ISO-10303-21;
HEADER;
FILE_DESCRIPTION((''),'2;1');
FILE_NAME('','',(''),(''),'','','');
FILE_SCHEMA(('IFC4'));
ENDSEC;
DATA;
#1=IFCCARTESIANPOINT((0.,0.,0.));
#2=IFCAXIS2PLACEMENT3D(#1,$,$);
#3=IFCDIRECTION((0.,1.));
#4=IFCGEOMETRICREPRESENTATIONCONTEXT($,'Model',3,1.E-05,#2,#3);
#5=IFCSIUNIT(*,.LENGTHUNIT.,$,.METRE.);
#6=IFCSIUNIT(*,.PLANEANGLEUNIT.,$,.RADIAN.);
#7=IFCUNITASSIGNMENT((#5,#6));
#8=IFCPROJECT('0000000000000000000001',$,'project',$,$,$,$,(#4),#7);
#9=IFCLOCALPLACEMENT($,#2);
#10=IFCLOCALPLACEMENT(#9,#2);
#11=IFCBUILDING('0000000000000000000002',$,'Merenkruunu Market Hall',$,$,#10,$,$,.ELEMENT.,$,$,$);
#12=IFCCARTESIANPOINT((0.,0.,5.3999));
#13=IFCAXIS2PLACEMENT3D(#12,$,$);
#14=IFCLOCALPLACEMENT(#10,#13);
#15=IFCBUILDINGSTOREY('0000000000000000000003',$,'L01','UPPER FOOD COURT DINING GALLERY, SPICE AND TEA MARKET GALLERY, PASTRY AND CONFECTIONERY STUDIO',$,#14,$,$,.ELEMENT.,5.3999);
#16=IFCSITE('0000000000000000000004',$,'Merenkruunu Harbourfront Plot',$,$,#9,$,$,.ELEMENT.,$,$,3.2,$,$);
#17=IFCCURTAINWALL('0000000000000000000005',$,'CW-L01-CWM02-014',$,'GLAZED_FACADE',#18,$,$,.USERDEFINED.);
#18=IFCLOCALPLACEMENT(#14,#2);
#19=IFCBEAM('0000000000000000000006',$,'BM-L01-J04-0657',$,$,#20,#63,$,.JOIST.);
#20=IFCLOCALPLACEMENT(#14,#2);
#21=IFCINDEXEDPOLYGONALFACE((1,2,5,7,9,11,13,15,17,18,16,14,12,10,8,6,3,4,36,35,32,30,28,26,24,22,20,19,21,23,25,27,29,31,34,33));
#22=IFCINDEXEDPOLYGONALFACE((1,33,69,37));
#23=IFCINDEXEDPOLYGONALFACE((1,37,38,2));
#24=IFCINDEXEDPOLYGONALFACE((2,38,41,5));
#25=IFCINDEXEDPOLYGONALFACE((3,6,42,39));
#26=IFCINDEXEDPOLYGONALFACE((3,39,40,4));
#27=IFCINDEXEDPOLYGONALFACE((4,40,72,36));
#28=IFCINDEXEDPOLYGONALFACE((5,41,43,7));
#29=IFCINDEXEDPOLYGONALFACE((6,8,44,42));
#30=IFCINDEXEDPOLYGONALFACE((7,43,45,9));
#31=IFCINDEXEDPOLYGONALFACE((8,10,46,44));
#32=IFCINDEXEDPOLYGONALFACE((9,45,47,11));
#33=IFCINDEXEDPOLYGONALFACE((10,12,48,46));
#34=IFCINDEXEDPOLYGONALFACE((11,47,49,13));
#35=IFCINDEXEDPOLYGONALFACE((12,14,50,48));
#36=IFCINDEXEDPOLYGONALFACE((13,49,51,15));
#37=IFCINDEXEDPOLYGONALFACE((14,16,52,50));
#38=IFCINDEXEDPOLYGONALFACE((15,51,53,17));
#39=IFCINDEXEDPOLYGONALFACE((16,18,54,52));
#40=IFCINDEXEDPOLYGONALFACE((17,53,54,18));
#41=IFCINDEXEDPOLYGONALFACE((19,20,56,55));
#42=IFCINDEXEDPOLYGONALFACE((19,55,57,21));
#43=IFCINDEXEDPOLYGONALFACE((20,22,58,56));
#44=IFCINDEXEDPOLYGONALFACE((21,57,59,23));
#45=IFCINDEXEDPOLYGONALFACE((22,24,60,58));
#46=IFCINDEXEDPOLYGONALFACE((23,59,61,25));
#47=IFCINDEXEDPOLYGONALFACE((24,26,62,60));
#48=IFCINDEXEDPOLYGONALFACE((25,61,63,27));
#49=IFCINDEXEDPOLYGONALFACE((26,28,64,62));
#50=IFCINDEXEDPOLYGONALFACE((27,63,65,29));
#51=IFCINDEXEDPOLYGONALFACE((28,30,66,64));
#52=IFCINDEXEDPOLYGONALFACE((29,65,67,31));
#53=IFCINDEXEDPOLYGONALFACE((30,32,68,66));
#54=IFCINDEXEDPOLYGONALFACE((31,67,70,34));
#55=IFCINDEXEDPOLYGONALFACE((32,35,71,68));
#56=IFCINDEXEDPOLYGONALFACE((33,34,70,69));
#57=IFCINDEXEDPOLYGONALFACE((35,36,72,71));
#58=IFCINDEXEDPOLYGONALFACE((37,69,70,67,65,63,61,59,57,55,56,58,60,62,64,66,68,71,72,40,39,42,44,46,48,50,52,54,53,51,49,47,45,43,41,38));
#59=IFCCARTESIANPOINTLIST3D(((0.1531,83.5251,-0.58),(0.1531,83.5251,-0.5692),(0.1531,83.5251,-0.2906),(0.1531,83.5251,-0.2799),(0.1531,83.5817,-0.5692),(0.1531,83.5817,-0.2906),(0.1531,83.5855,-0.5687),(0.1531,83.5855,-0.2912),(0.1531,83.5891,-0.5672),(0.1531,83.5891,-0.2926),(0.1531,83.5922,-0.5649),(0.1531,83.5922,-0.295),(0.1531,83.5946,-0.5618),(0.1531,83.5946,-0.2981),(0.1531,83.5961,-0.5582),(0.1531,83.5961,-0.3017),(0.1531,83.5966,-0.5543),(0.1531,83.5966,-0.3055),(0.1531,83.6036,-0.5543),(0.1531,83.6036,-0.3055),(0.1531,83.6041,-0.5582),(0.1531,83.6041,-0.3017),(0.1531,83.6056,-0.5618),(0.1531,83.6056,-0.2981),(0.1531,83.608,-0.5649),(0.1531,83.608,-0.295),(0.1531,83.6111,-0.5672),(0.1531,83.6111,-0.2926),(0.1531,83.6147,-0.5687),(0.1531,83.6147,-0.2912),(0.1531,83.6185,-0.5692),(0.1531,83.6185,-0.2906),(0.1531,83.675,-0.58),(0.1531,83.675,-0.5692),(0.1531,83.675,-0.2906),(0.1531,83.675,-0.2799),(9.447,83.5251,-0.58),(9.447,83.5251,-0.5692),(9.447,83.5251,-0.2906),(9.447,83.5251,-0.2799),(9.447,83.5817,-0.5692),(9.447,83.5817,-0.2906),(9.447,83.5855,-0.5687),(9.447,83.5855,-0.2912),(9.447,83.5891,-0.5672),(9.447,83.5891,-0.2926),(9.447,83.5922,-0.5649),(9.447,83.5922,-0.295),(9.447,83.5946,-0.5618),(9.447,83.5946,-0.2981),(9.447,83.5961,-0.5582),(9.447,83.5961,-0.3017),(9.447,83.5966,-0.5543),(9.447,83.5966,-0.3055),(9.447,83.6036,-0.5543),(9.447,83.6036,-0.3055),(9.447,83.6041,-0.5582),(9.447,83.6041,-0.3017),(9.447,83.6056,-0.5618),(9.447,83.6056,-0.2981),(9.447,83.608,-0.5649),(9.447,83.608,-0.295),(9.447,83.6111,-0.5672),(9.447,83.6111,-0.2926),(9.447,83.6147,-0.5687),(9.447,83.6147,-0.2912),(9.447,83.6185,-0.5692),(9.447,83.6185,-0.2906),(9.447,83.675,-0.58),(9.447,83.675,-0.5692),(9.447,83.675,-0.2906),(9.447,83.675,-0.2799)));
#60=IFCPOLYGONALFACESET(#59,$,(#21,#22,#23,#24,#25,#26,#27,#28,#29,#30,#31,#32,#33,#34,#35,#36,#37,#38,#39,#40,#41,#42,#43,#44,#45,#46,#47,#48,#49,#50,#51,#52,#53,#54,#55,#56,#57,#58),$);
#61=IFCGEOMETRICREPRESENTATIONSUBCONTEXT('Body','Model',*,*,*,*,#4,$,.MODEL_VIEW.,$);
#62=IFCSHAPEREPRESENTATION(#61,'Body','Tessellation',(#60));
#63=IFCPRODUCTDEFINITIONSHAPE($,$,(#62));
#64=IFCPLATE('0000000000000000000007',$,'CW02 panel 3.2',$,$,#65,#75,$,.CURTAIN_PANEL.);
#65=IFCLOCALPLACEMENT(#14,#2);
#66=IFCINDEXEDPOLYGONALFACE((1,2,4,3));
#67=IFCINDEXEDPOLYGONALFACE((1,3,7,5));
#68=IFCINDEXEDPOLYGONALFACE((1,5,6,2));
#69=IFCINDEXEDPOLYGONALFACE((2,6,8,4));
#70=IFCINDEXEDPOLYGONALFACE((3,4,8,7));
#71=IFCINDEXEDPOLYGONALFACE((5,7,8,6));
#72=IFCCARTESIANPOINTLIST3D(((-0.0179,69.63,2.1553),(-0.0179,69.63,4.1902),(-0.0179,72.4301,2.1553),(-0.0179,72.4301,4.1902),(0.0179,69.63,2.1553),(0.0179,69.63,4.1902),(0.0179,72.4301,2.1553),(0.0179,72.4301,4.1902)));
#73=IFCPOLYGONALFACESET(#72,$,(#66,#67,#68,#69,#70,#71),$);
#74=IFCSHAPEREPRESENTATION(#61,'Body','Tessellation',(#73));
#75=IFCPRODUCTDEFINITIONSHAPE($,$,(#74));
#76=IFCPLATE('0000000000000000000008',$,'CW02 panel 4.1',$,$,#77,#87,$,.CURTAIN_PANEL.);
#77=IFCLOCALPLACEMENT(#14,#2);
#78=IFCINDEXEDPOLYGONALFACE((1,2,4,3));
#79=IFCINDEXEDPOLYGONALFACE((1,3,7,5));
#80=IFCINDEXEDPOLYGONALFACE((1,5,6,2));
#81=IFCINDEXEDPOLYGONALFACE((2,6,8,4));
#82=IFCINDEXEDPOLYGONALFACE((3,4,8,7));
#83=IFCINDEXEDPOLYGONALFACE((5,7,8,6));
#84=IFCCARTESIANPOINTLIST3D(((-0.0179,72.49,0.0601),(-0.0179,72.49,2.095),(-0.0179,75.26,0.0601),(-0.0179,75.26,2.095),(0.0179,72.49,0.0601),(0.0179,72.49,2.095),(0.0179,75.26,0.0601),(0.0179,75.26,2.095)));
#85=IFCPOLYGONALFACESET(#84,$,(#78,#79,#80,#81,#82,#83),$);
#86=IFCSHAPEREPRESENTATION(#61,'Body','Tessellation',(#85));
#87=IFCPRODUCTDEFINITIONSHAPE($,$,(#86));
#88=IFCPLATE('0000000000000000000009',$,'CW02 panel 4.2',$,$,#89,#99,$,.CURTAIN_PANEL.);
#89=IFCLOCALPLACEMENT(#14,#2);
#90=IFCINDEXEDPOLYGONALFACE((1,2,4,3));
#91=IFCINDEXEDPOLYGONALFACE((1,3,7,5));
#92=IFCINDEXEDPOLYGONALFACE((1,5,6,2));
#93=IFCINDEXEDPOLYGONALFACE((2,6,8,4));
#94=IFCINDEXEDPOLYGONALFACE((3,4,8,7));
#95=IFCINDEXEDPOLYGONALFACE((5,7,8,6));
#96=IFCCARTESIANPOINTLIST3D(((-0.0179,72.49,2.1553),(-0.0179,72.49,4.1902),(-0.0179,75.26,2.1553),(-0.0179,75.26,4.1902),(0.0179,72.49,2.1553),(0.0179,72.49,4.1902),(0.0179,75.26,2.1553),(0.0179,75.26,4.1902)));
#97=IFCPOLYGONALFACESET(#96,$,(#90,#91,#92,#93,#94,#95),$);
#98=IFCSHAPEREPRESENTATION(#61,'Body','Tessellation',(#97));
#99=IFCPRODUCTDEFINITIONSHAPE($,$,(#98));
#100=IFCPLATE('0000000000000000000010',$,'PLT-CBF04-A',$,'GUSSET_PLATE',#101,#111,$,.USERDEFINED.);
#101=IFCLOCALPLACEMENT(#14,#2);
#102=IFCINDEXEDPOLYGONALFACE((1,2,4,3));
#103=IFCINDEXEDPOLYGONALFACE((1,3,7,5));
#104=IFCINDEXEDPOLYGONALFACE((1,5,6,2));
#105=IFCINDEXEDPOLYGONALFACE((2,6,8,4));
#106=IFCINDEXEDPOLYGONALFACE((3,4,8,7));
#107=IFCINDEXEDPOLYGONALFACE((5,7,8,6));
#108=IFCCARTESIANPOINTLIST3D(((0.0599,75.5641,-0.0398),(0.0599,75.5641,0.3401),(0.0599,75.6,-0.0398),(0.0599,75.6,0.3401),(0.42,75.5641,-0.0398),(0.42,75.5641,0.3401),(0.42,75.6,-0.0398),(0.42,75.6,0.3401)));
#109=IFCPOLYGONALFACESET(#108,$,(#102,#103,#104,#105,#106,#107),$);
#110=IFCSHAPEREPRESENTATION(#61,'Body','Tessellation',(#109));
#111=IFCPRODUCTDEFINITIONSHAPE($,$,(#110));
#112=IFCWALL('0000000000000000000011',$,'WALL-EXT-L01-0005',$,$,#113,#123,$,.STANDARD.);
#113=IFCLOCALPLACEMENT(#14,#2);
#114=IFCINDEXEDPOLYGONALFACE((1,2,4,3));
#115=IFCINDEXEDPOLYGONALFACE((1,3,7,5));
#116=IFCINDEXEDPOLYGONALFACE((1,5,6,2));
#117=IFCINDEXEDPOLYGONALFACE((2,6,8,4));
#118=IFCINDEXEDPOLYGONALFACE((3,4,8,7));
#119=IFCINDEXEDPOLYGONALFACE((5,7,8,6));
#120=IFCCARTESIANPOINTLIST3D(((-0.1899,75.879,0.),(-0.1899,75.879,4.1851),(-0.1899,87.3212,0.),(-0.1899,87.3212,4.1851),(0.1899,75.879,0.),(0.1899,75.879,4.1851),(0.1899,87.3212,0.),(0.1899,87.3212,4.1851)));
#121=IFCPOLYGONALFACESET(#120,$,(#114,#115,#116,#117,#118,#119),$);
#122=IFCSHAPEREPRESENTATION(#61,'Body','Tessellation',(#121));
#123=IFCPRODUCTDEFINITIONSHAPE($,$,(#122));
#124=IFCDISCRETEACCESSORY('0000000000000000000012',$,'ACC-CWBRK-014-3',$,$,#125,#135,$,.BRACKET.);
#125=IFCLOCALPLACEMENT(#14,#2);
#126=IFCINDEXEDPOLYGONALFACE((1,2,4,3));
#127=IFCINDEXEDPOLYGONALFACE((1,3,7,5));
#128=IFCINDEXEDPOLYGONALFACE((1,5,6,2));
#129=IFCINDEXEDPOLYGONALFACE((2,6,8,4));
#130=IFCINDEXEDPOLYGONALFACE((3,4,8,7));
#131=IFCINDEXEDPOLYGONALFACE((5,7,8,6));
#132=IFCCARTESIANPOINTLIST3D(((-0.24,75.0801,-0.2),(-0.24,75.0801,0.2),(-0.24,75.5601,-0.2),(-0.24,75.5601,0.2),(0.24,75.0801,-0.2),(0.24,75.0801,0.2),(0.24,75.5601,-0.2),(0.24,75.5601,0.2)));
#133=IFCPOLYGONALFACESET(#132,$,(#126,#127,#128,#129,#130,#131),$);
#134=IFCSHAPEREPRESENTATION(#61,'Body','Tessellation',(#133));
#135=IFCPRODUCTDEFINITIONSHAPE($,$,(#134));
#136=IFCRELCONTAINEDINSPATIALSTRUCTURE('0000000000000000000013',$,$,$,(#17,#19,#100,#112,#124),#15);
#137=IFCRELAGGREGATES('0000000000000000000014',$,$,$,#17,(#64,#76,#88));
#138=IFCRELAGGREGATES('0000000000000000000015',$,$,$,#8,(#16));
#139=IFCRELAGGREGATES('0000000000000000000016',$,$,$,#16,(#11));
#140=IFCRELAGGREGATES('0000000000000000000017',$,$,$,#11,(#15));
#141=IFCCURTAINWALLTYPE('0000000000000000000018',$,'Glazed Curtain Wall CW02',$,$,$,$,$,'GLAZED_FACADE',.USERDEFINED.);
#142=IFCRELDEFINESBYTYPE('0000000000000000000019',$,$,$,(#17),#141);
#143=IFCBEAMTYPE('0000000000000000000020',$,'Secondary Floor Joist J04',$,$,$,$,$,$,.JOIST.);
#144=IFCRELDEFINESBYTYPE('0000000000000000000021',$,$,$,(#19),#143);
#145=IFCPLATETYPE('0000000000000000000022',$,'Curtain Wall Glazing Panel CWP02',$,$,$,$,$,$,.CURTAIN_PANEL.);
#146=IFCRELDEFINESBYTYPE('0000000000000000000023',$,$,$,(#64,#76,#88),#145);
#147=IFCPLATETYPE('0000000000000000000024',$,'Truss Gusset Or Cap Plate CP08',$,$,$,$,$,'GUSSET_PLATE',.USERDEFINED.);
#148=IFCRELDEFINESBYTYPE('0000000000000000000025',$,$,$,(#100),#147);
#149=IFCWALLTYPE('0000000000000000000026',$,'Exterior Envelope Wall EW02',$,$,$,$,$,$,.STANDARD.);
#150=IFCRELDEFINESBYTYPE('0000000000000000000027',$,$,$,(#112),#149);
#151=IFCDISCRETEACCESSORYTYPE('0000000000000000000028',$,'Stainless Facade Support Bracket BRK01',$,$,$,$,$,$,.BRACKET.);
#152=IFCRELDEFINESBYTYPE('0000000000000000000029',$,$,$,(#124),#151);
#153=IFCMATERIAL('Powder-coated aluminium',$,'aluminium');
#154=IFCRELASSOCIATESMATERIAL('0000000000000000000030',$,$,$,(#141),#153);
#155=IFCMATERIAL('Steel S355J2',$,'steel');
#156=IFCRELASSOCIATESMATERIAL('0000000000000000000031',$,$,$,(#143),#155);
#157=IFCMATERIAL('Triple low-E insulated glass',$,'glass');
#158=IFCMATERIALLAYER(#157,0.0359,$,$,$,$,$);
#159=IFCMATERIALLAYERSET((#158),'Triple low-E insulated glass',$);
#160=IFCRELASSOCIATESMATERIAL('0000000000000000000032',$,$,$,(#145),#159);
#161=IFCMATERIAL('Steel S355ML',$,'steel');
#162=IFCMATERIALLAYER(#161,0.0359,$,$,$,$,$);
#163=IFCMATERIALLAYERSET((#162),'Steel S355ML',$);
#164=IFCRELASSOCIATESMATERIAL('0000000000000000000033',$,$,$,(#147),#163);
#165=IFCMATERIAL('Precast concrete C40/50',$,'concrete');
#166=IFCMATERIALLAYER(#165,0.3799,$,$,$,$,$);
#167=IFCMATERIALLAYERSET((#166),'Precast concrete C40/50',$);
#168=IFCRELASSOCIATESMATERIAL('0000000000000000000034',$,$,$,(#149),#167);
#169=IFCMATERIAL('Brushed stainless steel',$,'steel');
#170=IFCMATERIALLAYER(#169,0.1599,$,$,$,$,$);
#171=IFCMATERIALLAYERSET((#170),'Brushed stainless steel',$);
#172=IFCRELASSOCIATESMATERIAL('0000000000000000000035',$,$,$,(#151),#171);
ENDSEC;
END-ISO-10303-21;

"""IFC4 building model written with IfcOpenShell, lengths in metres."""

from ifc_helpers import new_model, si_unit, direction, frame, frame_2d, origin, origin_2d, place, context, subcontext, project, spatial, rectangle, i_section, extrude, material, layer, layer_set, material_profile, profile_set, type_object, element, aggregate, save


model = new_model("IFC4")

# Units and contexts
model_context = context("Model", 3, precision=1e-05, world=origin(), true_north=direction((0.0, 1.0)))
body_context = subcontext(model_context, "Body", "Model", "MODEL_VIEW")
ifc_project = project(units=[si_unit("LENGTHUNIT", "METRE"), si_unit("PLANEANGLEUNIT", "RADIAN")], contexts=[model_context])

# Site, building, storey
site_placement = place(None, origin())
site = spatial("IfcSite", under=ifc_project, at=site_placement, Name="Merenkruunu Harbourfront Plot", CompositionType="ELEMENT", RefElevation=3.2)
building_placement = place(site_placement, origin())
building = spatial("IfcBuilding", under=site, at=building_placement, Name="Merenkruunu Market Hall", CompositionType="ELEMENT")
storey_placement = place(building_placement, frame((0.0, 0.0, 5.3999)))
storey = spatial("IfcBuildingStorey", under=building, at=storey_placement, Name="L01", Description="UPPER FOOD COURT DINING GALLERY, SPICE AND TEA MARKET GALLERY, PASTRY AND CONFECTIONERY STUDIO", CompositionType="ELEMENT", Elevation=5.3999)

# Shared definitions
ifc_material_1 = material(Name="Steel S355ML", Category="steel")

# Curtain wall
ifc_material_2 = material(Name="Powder-coated aluminium", Category="aluminium")
curtain_wall_type = type_object("IfcCurtainWallType", Name="Glazed Curtain Wall CW02", ElementType="GLAZED_FACADE", PredefinedType="USERDEFINED", material=ifc_material_2)
curtain_wall_placement = place(storey_placement, origin())
curtain_wall = element("IfcCurtainWall", 1, at=curtain_wall_placement, inside=storey, type_object=curtain_wall_type, Name="CW-L01-CWM02-014", ObjectType="GLAZED_FACADE", PredefinedType="USERDEFINED")

# Beam
ifc_material_3 = material(Name="Steel S355J2", Category="steel")
ifc_material_profile_1 = material_profile(ifc_material_3, i_section(OverallWidth=0.1499, OverallDepth=0.3, WebThickness=0.0071, FlangeThickness=0.0107, FilletRadius=0.0149, at=origin_2d()), Name="IPE 300")
ifc_profile_set_1 = profile_set([ifc_material_profile_1], Name="Steel S355J2")
beam_type_1 = type_object("IfcBeamType", Name="Secondary Floor Joist J04", PredefinedType="JOIST", material=ifc_profile_set_1)
for number, where, z_axis, x_axis, name in (
    (2, (0.1531, 83.6001, -0.4299), (1.0, 0.0, 0.0), (0.0, 1.0, 0.0), "BM-L01-J04-0657"),
):
    element("IfcBeam", number, at=place(storey_placement, frame(where, z_axis=z_axis, x_axis=x_axis)), inside=storey, type_object=beam_type_1, Name=name, PredefinedType="JOIST", context=body_context, shape_type="SweptSolid", body=[
        extrude(i_section(OverallWidth=0.1499, OverallDepth=0.3, WebThickness=0.0071, FlangeThickness=0.0107, FilletRadius=0.0149, at=origin_2d()), origin(), (0.0, 0.0, 1.0), 9.2939),
    ])

# Plates
ifc_material_4 = material(Name="Triple low-E insulated glass", Category="glass")
ifc_layer_1 = layer(ifc_material_4, 0.0359)
ifc_layer_set_1 = layer_set([ifc_layer_1], Name="Triple low-E insulated glass")
plate_type_1 = type_object("IfcPlateType", Name="Curtain Wall Glazing Panel CWP02", PredefinedType="CURTAIN_PANEL", material=ifc_layer_set_1)
plate_1_placement = place(storey_placement, frame((0.0, 71.03, 2.1553), z_axis=(0.0, 0.0, 1.0), x_axis=(0.0, 1.0, 0.0)))
plate_1 = element("IfcPlate", 3, at=plate_1_placement, type_object=plate_type_1, Name="CW02 panel 3.2", PredefinedType="CURTAIN_PANEL", context=body_context, shape_type="SweptSolid", body=[
    extrude(rectangle(XDim=2.8, YDim=0.0359, at=origin_2d()), origin(), (0.0, 0.0, 1.0), 2.0349),
])
plate_2_placement = place(storey_placement, frame((0.0, 73.875, 0.0601), z_axis=(0.0, 0.0, 1.0), x_axis=(0.0, 1.0, 0.0)))
plate_2 = element("IfcPlate", 4, at=plate_2_placement, type_object=plate_type_1, Name="CW02 panel 4.1", PredefinedType="CURTAIN_PANEL", context=body_context, shape_type="SweptSolid", body=[
    extrude(rectangle(XDim=2.77, YDim=0.0359, at=origin_2d()), origin(), (0.0, 0.0, 1.0), 2.0349),
])
plate_3_placement = place(storey_placement, frame((0.0, 73.875, 2.1553), z_axis=(0.0, 0.0, 1.0), x_axis=(0.0, 1.0, 0.0)))
plate_3 = element("IfcPlate", 5, at=plate_3_placement, type_object=plate_type_1, Name="CW02 panel 4.2", PredefinedType="CURTAIN_PANEL", context=body_context, shape_type="SweptSolid", body=[
    extrude(rectangle(XDim=2.77, YDim=0.0359, at=origin_2d()), origin(), (0.0, 0.0, 1.0), 2.0349),
])
aggregate(curtain_wall, [plate_1, plate_2, plate_3])
ifc_layer_2 = layer(ifc_material_1, 0.0359)
ifc_layer_set_2 = layer_set([ifc_layer_2], Name="Steel S355ML")
plate_type_2 = type_object("IfcPlateType", Name="Truss Gusset Or Cap Plate CP08", ElementType="GUSSET_PLATE", PredefinedType="USERDEFINED", material=ifc_layer_set_2)
plate_4_placement = place(storey_placement, frame((0.24, 75.582, -0.0398), z_axis=(0.0, 0.0, 1.0), x_axis=(1.0, 0.0, 0.0)))
element("IfcPlate", 6, at=plate_4_placement, inside=storey, type_object=plate_type_2, Name="PLT-CBF04-A", ObjectType="GUSSET_PLATE", PredefinedType="USERDEFINED", context=body_context, shape_type="SweptSolid", body=[
    extrude(rectangle(XDim=0.3601, YDim=0.0359, at=origin_2d()), origin(), (0.0, 0.0, 1.0), 0.3799),
])

# Wall
ifc_material_5 = material(Name="Precast concrete C40/50", Category="concrete")
ifc_layer_3 = layer(ifc_material_5, 0.3799)
ifc_layer_set_3 = layer_set([ifc_layer_3], Name="Precast concrete C40/50")
wall_type = type_object("IfcWallType", Name="Exterior Envelope Wall EW02", PredefinedType="STANDARD", material=ifc_layer_set_3)
wall_placement = place(storey_placement, frame((0.0, 75.8789, 0.0), z_axis=(0.0, 0.0, 1.0), x_axis=(0.0, 1.0, 0.0)))
element("IfcWall", 7, at=wall_placement, inside=storey, type_object=wall_type, Name="WALL-EXT-L01-0005", PredefinedType="STANDARD", context=body_context, shape_type="SweptSolid", body=[
    extrude(rectangle(XDim=11.4421, YDim=0.3799, at=frame_2d((5.7212, 0.0))), origin(), (0.0, 0.0, 1.0), 4.1851),
])

# Discrete accessory
ifc_material_6 = material(Name="Brushed stainless steel", Category="steel")
ifc_layer_4 = layer(ifc_material_6, 0.1599)
ifc_layer_set_4 = layer_set([ifc_layer_4], Name="Brushed stainless steel")
discrete_accessory_type = type_object("IfcDiscreteAccessoryType", Name="Stainless Facade Support Bracket BRK01", PredefinedType="BRACKET", material=ifc_layer_set_4)
discrete_accessory_placement = place(storey_placement, frame((0.0, 75.3201, -0.2), z_axis=(0.0, 0.0, 1.0), x_axis=(1.0, 0.0, 0.0)))
element("IfcDiscreteAccessory", 8, at=discrete_accessory_placement, inside=storey, type_object=discrete_accessory_type, Name="ACC-CWBRK-014-3", PredefinedType="BRACKET", context=body_context, shape_type="SweptSolid", body=[
    extrude(rectangle(XDim=0.48, YDim=0.48, at=origin_2d()), origin(), (0.0, 0.0, 1.0), 0.3999),
])

save(model, "model.ifc")
